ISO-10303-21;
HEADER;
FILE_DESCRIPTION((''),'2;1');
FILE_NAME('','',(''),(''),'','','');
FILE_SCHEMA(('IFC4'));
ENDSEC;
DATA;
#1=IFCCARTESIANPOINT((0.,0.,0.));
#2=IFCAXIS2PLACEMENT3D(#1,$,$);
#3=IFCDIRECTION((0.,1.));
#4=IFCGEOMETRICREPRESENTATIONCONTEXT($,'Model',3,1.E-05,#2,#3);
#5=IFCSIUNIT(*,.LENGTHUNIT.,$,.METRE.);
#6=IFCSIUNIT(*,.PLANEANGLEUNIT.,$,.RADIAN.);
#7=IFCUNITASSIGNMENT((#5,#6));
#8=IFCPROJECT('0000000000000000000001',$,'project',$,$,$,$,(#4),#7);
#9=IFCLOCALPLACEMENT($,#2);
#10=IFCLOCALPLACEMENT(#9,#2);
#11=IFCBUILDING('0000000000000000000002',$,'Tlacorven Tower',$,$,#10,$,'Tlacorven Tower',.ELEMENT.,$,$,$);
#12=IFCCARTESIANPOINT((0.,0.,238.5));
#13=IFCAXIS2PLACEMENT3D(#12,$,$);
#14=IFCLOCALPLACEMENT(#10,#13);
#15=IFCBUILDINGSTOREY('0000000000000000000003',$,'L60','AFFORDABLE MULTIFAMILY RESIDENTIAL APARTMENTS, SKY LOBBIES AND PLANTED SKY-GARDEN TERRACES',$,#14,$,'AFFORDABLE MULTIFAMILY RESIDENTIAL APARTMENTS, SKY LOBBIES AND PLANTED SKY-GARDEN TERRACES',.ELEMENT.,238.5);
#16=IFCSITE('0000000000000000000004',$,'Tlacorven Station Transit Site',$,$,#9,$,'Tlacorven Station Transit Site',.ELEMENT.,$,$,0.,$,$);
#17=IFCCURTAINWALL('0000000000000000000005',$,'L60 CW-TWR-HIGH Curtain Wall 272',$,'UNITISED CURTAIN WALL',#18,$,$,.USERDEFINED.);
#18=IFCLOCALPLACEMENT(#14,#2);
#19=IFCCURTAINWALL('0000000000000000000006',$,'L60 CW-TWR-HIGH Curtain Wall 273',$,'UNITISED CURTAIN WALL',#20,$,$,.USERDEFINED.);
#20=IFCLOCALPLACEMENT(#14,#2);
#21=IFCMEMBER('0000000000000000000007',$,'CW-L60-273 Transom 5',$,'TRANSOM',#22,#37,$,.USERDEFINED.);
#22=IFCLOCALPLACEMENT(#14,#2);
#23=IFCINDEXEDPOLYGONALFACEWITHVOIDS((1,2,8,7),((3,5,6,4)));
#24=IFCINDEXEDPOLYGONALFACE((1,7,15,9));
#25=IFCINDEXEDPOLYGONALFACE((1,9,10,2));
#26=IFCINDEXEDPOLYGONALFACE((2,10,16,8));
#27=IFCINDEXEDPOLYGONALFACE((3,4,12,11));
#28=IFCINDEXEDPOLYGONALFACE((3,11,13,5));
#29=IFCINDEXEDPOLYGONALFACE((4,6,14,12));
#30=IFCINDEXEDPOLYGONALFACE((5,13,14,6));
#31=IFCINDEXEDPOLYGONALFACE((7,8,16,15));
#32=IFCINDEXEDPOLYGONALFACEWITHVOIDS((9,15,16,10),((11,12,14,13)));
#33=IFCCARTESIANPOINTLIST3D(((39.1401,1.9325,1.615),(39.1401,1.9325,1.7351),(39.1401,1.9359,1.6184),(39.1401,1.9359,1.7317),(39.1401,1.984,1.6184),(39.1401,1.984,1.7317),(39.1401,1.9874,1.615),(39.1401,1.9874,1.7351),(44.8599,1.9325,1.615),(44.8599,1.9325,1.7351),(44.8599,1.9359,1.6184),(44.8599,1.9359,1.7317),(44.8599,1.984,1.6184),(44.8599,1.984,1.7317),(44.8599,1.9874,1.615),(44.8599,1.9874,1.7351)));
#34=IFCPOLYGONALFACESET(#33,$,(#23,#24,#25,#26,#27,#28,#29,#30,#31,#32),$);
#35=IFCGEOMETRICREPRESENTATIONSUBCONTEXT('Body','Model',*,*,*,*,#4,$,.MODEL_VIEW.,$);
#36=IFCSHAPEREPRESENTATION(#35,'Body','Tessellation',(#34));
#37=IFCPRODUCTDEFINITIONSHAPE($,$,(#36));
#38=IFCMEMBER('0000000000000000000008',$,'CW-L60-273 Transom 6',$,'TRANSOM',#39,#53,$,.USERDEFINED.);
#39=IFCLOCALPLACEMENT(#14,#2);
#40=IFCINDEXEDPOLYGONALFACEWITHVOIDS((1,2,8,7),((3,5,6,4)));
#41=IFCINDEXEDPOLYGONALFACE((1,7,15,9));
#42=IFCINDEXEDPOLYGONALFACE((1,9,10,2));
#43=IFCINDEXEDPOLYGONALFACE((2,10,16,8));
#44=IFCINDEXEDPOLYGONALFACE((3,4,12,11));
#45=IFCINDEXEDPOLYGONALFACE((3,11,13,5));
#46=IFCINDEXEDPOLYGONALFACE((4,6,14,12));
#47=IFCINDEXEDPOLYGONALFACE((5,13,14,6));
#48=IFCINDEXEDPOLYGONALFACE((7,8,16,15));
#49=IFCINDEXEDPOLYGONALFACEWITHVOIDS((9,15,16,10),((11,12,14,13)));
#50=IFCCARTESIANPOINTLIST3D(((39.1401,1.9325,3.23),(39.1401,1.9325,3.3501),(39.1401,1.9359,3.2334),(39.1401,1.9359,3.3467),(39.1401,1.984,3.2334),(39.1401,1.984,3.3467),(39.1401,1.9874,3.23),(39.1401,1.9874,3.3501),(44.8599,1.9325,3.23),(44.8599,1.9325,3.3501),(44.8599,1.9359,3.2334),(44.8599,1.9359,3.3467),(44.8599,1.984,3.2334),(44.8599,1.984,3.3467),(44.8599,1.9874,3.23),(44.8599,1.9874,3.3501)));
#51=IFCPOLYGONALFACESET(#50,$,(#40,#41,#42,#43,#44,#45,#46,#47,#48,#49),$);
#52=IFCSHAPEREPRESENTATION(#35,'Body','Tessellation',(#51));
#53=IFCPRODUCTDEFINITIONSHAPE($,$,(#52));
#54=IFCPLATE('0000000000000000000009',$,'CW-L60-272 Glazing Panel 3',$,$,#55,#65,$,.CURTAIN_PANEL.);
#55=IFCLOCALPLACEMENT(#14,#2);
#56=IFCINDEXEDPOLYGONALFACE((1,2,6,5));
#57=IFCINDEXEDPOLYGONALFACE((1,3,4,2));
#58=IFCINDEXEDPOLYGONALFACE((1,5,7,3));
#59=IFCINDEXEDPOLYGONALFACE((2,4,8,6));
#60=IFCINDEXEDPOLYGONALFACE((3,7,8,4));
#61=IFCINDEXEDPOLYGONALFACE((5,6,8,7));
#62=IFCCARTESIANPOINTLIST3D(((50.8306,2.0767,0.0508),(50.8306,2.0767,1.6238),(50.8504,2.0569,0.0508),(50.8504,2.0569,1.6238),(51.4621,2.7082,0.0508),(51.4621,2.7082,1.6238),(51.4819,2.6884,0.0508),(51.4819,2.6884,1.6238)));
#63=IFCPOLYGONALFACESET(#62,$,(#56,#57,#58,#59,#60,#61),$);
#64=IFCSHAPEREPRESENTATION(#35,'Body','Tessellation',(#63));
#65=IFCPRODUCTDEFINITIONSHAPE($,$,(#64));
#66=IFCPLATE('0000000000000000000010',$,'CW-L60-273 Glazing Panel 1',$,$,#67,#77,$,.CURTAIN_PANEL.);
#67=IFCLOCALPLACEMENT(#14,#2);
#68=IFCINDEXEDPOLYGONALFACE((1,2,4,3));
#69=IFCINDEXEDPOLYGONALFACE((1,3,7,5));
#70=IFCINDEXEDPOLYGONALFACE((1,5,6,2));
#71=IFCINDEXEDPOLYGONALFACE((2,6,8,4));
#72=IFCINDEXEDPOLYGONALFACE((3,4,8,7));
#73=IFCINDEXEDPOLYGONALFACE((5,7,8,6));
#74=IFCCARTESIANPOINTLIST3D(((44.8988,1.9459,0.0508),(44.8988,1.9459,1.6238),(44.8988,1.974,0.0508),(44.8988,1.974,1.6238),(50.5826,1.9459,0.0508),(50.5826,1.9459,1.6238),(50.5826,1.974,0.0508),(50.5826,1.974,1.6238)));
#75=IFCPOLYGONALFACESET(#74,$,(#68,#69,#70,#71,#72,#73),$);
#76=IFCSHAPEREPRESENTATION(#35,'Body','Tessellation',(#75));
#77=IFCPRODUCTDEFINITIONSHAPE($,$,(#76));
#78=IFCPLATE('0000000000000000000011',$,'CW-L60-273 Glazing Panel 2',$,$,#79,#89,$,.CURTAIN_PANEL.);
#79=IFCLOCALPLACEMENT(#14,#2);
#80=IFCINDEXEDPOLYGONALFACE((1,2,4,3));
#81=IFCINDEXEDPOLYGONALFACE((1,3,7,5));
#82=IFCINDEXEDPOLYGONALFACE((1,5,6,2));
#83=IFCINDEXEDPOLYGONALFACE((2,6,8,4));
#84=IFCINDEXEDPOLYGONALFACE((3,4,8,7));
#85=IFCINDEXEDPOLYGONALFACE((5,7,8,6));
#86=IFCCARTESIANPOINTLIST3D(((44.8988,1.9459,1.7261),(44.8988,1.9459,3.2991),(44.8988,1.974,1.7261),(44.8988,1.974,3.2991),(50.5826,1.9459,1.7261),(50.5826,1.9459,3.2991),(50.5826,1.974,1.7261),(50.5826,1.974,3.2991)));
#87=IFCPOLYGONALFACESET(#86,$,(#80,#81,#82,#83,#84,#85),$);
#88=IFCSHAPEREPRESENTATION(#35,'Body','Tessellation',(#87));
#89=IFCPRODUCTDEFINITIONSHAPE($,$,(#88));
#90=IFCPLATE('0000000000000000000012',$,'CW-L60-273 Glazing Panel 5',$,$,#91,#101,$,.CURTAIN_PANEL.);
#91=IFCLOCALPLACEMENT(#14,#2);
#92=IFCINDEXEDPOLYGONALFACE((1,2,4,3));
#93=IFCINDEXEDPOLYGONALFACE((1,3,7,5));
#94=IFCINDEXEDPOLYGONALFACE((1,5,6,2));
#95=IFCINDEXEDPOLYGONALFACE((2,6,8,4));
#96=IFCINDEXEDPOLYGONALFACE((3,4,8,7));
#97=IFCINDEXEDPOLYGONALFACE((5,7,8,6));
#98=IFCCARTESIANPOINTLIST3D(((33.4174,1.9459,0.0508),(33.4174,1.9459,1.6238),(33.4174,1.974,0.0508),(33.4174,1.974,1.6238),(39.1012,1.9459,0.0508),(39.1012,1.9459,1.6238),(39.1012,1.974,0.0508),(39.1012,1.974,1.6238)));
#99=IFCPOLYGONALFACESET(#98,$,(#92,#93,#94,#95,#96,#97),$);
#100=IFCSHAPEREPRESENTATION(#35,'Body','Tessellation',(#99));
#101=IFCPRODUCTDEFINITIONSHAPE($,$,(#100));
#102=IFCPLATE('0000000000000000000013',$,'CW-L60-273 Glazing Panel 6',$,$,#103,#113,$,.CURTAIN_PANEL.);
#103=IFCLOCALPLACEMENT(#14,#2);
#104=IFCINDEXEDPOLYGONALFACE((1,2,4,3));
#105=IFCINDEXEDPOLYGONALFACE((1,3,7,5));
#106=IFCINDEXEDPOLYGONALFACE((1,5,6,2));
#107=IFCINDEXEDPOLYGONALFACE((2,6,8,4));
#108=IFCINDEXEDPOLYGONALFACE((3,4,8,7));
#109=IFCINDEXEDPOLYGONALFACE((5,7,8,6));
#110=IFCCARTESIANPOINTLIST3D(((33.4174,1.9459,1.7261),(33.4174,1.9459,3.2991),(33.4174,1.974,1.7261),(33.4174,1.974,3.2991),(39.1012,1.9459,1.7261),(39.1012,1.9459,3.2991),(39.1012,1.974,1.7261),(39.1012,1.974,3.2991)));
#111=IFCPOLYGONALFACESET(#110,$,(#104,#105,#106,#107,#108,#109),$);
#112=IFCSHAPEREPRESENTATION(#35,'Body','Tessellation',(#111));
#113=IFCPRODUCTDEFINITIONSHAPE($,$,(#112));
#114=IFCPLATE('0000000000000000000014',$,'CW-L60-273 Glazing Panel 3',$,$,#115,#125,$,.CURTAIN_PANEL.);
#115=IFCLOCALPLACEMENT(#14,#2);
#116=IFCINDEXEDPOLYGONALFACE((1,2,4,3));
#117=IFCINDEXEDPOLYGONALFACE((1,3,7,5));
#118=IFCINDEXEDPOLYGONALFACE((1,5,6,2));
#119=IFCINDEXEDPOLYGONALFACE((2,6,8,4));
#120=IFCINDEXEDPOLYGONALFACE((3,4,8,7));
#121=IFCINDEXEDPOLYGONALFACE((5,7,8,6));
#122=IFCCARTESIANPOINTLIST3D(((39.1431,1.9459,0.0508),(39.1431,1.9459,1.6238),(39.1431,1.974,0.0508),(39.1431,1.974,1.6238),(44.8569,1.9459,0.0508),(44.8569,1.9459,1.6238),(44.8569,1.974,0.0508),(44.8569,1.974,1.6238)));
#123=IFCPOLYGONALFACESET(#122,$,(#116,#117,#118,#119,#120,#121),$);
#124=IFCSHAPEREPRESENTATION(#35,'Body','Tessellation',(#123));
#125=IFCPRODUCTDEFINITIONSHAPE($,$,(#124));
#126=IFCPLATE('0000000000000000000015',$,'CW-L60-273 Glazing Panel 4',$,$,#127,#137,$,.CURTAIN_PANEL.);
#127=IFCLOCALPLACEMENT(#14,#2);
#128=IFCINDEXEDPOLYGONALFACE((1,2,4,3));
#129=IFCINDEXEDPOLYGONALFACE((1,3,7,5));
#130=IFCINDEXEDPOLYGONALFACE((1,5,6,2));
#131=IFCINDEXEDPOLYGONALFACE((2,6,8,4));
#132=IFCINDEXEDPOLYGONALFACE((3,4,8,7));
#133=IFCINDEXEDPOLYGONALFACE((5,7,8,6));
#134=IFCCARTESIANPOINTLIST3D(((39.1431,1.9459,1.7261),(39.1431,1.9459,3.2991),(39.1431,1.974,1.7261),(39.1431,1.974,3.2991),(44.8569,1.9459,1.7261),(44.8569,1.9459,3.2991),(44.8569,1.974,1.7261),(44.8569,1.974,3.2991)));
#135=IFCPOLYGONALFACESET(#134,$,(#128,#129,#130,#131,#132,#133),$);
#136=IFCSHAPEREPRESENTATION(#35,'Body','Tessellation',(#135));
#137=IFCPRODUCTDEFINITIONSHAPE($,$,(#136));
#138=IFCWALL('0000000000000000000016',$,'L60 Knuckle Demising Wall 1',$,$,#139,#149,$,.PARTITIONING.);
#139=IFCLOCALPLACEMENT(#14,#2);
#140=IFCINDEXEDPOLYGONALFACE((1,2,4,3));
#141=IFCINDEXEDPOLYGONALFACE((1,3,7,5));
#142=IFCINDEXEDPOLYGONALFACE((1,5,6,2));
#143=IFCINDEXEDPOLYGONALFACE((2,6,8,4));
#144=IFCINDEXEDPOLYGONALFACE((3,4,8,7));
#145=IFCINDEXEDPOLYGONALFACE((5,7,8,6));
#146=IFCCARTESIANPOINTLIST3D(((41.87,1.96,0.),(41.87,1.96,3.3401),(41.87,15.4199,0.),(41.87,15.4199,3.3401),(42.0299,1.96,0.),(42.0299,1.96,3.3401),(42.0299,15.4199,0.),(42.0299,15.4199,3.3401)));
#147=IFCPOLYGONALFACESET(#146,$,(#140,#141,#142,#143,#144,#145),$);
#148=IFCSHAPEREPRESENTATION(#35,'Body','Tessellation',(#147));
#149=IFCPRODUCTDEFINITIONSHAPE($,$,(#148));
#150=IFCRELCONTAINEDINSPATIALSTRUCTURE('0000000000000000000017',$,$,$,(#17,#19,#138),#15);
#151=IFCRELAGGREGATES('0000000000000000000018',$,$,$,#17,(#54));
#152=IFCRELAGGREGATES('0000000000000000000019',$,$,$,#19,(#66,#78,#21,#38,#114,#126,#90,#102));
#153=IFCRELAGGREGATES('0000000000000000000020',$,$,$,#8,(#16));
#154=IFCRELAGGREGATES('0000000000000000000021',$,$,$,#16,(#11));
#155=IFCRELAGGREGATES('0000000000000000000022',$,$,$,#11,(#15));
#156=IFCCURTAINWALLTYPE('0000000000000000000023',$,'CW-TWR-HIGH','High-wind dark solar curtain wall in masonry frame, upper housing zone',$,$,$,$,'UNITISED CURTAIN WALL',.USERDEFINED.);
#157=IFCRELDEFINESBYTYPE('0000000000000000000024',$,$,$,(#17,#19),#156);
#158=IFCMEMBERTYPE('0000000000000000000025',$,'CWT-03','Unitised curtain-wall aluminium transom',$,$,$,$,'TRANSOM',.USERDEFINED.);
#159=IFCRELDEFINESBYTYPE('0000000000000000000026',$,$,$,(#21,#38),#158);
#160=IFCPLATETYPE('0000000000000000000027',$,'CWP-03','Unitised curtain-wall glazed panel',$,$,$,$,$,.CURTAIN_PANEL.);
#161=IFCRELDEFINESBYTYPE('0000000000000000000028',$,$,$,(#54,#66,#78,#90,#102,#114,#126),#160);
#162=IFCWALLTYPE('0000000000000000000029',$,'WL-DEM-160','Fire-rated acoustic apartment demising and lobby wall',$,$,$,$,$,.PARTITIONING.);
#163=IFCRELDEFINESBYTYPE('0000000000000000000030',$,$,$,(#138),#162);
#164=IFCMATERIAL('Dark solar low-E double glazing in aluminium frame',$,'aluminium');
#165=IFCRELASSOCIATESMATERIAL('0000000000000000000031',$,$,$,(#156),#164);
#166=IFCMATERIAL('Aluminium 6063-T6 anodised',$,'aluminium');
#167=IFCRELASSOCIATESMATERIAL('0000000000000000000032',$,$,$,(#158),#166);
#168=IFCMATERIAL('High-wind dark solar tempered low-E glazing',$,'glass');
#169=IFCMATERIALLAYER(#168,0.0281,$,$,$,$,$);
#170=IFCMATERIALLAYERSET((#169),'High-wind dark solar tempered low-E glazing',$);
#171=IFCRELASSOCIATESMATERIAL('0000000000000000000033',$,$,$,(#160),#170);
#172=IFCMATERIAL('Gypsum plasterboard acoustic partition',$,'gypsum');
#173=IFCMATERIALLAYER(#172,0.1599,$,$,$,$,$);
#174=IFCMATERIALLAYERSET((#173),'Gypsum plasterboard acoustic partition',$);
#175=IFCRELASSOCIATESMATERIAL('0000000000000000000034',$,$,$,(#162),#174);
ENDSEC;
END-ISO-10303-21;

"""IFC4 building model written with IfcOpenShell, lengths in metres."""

from ifc_helpers import new_model, si_unit, direction, frame, frame_2d, origin, origin_2d, place, context, subcontext, project, spatial, rectangle, hollow_rectangle, extrude, source, transform, mapped, material, layer, layer_set, material_profile, profile_set, type_object, element, aggregate, save


model = new_model("IFC4")

# Units and contexts
model_context = context("Model", 3, precision=1e-05, world=origin(), true_north=direction((0.0, 1.0)))
body_context = subcontext(model_context, "Body", "Model", "MODEL_VIEW")
ifc_project = project(units=[si_unit("LENGTHUNIT", "METRE"), si_unit("PLANEANGLEUNIT", "RADIAN")], contexts=[model_context])

# Site, building, storey
site_placement = place(None, origin())
site = spatial("IfcSite", under=ifc_project, at=site_placement, Name="Tlacorven Station Transit Site", LongName="Tlacorven Station Transit Site", CompositionType="ELEMENT", RefElevation=0.0)
building_placement = place(site_placement, origin())
building = spatial("IfcBuilding", under=site, at=building_placement, Name="Tlacorven Tower", LongName="Tlacorven Tower", CompositionType="ELEMENT")
storey_placement = place(building_placement, frame((0.0, 0.0, 238.5)))
storey = spatial("IfcBuildingStorey", under=building, at=storey_placement, Name="L60", Description="AFFORDABLE MULTIFAMILY RESIDENTIAL APARTMENTS, SKY LOBBIES AND PLANTED SKY-GARDEN TERRACES", LongName="AFFORDABLE MULTIFAMILY RESIDENTIAL APARTMENTS, SKY LOBBIES AND PLANTED SKY-GARDEN TERRACES", CompositionType="ELEMENT", Elevation=238.5)

# Curtain wall
ifc_material_1 = material(Name="Dark solar low-E double glazing in aluminium frame", Category="aluminium")
curtain_wall_type = type_object("IfcCurtainWallType", Name="CW-TWR-HIGH", Description="High-wind dark solar curtain wall in masonry frame, upper housing zone", ElementType="UNITISED CURTAIN WALL", PredefinedType="USERDEFINED", material=ifc_material_1)
curtain_wall_1_placement = place(storey_placement, origin())
curtain_wall_1 = element("IfcCurtainWall", 1, at=curtain_wall_1_placement, inside=storey, type_object=curtain_wall_type, Name="L60 CW-TWR-HIGH Curtain Wall 272", ObjectType="UNITISED CURTAIN WALL", PredefinedType="USERDEFINED")
ifc_material_2 = material(Name="Aluminium 6063-T6 anodised", Category="aluminium")

# Curtain wall, members
curtain_wall_2_placement = place(storey_placement, origin())
curtain_wall_2 = element("IfcCurtainWall", 2, at=curtain_wall_2_placement, inside=storey, type_object=curtain_wall_type, Name="L60 CW-TWR-HIGH Curtain Wall 273", ObjectType="UNITISED CURTAIN WALL", PredefinedType="USERDEFINED")
ifc_material_profile_1 = material_profile(ifc_material_2, hollow_rectangle(XDim=0.0549, YDim=0.1201, WallThickness=0.0034, at=origin_2d()), Name="ALU TRANSOM 55X120")
ifc_profile_set_1 = profile_set([ifc_material_profile_1], Name="Aluminium 6063-T6 anodised")
member_type_1 = type_object("IfcMemberType", Name="CWT-03", Description="Unitised curtain-wall aluminium transom", ElementType="TRANSOM", PredefinedType="USERDEFINED", material=ifc_profile_set_1)
shared_shape_1 = source(origin(), body_context, "Body", "SweptSolid", [
    extrude(hollow_rectangle(XDim=0.0549, YDim=0.1201, WallThickness=0.0034, at=origin_2d()), origin(), (0.0, 0.0, 1.0), 5.7197),
])
member_1_placement = place(storey_placement, frame((44.8599, 1.96, 1.675), z_axis=(-1.0, 0.0, 0.0), x_axis=(0.0, -1.0, 0.0)))
member_1 = element("IfcMember", 3, at=member_1_placement, type_object=member_type_1, Name="CW-L60-273 Transom 5", ObjectType="TRANSOM", PredefinedType="USERDEFINED", context=body_context, shape_type="MappedRepresentation", body=[
    mapped(shared_shape_1, transform((0.0, 0.0, 0.0), scale=1.0)),
])
member_2_placement = place(storey_placement, frame((44.8599, 1.96, 3.29), z_axis=(-1.0, 0.0, 0.0), x_axis=(0.0, -1.0, 0.0)))
member_2 = element("IfcMember", 4, at=member_2_placement, type_object=member_type_1, Name="CW-L60-273 Transom 6", ObjectType="TRANSOM", PredefinedType="USERDEFINED", context=body_context, shape_type="MappedRepresentation", body=[
    mapped(shared_shape_1, transform((0.0, 0.0, 0.0), scale=1.0)),
])

# Plates
ifc_material_3 = material(Name="High-wind dark solar tempered low-E glazing", Category="glass")
ifc_layer_1 = layer(ifc_material_3, 0.0281)
ifc_layer_set_1 = layer_set([ifc_layer_1], Name="High-wind dark solar tempered low-E glazing")
plate_type = type_object("IfcPlateType", Name="CWP-03", Description="Unitised curtain-wall glazed panel", PredefinedType="CURTAIN_PANEL", material=ifc_layer_set_1)
shared_shape_2 = source(origin(), body_context, "Body", "SweptSolid", [
    extrude(rectangle(XDim=0.8931, YDim=0.0281, at=origin_2d()), origin(), (0.0, 0.0, 1.0), 1.573),
])
plate_1_placement = place(storey_placement, frame((51.1562, 2.3826, 0.0508), z_axis=(0.0, 0.0, 1.0), x_axis=(-0.707107, -0.707107, 0.0)))
plate_1 = element("IfcPlate", 5, at=plate_1_placement, type_object=plate_type, Name="CW-L60-272 Glazing Panel 3", PredefinedType="CURTAIN_PANEL", context=body_context, shape_type="MappedRepresentation", body=[
    mapped(shared_shape_2, transform((0.0, 0.0, 0.0), scale=1.0)),
])
aggregate(curtain_wall_1, [plate_1])
shared_shape_3 = source(origin(), body_context, "Body", "SweptSolid", [
    extrude(rectangle(XDim=5.6838, YDim=0.0281, at=origin_2d()), origin(), (0.0, 0.0, 1.0), 1.573),
])
plate_2_placement = place(storey_placement, frame((47.7407, 1.96, 0.0508), z_axis=(0.0, 0.0, 1.0), x_axis=(-1.0, 0.0, 0.0)))
plate_2 = element("IfcPlate", 6, at=plate_2_placement, type_object=plate_type, Name="CW-L60-273 Glazing Panel 1", PredefinedType="CURTAIN_PANEL", context=body_context, shape_type="MappedRepresentation", body=[
    mapped(shared_shape_3, transform((0.0, 0.0, 0.0), scale=1.0)),
])
plate_3_placement = place(storey_placement, frame((47.7407, 1.96, 1.7261), z_axis=(0.0, 0.0, 1.0), x_axis=(-1.0, 0.0, 0.0)))
plate_3 = element("IfcPlate", 7, at=plate_3_placement, type_object=plate_type, Name="CW-L60-273 Glazing Panel 2", PredefinedType="CURTAIN_PANEL", context=body_context, shape_type="MappedRepresentation", body=[
    mapped(shared_shape_3, transform((0.0, 0.0, 0.0), scale=1.0)),
])
plate_4_placement = place(storey_placement, frame((36.2593, 1.96, 0.0508), z_axis=(0.0, 0.0, 1.0), x_axis=(-1.0, 0.0, 0.0)))
plate_4 = element("IfcPlate", 8, at=plate_4_placement, type_object=plate_type, Name="CW-L60-273 Glazing Panel 5", PredefinedType="CURTAIN_PANEL", context=body_context, shape_type="MappedRepresentation", body=[
    mapped(shared_shape_3, transform((0.0, 0.0, 0.0), scale=1.0)),
])
plate_5_placement = place(storey_placement, frame((36.2593, 1.96, 1.7261), z_axis=(0.0, 0.0, 1.0), x_axis=(-1.0, 0.0, 0.0)))
plate_5 = element("IfcPlate", 9, at=plate_5_placement, type_object=plate_type, Name="CW-L60-273 Glazing Panel 6", PredefinedType="CURTAIN_PANEL", context=body_context, shape_type="MappedRepresentation", body=[
    mapped(shared_shape_3, transform((0.0, 0.0, 0.0), scale=1.0)),
])
shared_shape_4 = source(origin(), body_context, "Body", "SweptSolid", [
    extrude(rectangle(XDim=5.7139, YDim=0.0281, at=origin_2d()), origin(), (0.0, 0.0, 1.0), 1.573),
])
plate_6_placement = place(storey_placement, frame((42.0, 1.96, 0.0508), z_axis=(0.0, 0.0, 1.0), x_axis=(-1.0, 0.0, 0.0)))
plate_6 = element("IfcPlate", 10, at=plate_6_placement, type_object=plate_type, Name="CW-L60-273 Glazing Panel 3", PredefinedType="CURTAIN_PANEL", context=body_context, shape_type="MappedRepresentation", body=[
    mapped(shared_shape_4, transform((0.0, 0.0, 0.0), scale=1.0)),
])
plate_7_placement = place(storey_placement, frame((42.0, 1.96, 1.7261), z_axis=(0.0, 0.0, 1.0), x_axis=(-1.0, 0.0, 0.0)))
plate_7 = element("IfcPlate", 11, at=plate_7_placement, type_object=plate_type, Name="CW-L60-273 Glazing Panel 4", PredefinedType="CURTAIN_PANEL", context=body_context, shape_type="MappedRepresentation", body=[
    mapped(shared_shape_4, transform((0.0, 0.0, 0.0), scale=1.0)),
])
aggregate(curtain_wall_2, [plate_2, plate_3, member_1, member_2, plate_6, plate_7, plate_4, plate_5])

# Wall
ifc_material_4 = material(Name="Gypsum plasterboard acoustic partition", Category="gypsum")
ifc_layer_2 = layer(ifc_material_4, 0.1599)
ifc_layer_set_2 = layer_set([ifc_layer_2], Name="Gypsum plasterboard acoustic partition")
wall_type_1 = type_object("IfcWallType", Name="WL-DEM-160", Description="Fire-rated acoustic apartment demising and lobby wall", PredefinedType="PARTITIONING", material=ifc_layer_set_2)
wall_1_placement = place(storey_placement, frame((41.95, 1.96, 0.0), z_axis=(0.0, 0.0, 1.0), x_axis=(0.0, 1.0, 0.0)))
element("IfcWall", 12, at=wall_1_placement, inside=storey, type_object=wall_type_1, Name="L60 Knuckle Demising Wall 1", PredefinedType="PARTITIONING", context=body_context, shape_type="SweptSolid", body=[
    extrude(rectangle(XDim=13.46, YDim=0.1599, at=frame_2d((6.73, 0.0))), origin(), (0.0, 0.0, 1.0), 3.3401),
])

save(model, "model.ifc")
